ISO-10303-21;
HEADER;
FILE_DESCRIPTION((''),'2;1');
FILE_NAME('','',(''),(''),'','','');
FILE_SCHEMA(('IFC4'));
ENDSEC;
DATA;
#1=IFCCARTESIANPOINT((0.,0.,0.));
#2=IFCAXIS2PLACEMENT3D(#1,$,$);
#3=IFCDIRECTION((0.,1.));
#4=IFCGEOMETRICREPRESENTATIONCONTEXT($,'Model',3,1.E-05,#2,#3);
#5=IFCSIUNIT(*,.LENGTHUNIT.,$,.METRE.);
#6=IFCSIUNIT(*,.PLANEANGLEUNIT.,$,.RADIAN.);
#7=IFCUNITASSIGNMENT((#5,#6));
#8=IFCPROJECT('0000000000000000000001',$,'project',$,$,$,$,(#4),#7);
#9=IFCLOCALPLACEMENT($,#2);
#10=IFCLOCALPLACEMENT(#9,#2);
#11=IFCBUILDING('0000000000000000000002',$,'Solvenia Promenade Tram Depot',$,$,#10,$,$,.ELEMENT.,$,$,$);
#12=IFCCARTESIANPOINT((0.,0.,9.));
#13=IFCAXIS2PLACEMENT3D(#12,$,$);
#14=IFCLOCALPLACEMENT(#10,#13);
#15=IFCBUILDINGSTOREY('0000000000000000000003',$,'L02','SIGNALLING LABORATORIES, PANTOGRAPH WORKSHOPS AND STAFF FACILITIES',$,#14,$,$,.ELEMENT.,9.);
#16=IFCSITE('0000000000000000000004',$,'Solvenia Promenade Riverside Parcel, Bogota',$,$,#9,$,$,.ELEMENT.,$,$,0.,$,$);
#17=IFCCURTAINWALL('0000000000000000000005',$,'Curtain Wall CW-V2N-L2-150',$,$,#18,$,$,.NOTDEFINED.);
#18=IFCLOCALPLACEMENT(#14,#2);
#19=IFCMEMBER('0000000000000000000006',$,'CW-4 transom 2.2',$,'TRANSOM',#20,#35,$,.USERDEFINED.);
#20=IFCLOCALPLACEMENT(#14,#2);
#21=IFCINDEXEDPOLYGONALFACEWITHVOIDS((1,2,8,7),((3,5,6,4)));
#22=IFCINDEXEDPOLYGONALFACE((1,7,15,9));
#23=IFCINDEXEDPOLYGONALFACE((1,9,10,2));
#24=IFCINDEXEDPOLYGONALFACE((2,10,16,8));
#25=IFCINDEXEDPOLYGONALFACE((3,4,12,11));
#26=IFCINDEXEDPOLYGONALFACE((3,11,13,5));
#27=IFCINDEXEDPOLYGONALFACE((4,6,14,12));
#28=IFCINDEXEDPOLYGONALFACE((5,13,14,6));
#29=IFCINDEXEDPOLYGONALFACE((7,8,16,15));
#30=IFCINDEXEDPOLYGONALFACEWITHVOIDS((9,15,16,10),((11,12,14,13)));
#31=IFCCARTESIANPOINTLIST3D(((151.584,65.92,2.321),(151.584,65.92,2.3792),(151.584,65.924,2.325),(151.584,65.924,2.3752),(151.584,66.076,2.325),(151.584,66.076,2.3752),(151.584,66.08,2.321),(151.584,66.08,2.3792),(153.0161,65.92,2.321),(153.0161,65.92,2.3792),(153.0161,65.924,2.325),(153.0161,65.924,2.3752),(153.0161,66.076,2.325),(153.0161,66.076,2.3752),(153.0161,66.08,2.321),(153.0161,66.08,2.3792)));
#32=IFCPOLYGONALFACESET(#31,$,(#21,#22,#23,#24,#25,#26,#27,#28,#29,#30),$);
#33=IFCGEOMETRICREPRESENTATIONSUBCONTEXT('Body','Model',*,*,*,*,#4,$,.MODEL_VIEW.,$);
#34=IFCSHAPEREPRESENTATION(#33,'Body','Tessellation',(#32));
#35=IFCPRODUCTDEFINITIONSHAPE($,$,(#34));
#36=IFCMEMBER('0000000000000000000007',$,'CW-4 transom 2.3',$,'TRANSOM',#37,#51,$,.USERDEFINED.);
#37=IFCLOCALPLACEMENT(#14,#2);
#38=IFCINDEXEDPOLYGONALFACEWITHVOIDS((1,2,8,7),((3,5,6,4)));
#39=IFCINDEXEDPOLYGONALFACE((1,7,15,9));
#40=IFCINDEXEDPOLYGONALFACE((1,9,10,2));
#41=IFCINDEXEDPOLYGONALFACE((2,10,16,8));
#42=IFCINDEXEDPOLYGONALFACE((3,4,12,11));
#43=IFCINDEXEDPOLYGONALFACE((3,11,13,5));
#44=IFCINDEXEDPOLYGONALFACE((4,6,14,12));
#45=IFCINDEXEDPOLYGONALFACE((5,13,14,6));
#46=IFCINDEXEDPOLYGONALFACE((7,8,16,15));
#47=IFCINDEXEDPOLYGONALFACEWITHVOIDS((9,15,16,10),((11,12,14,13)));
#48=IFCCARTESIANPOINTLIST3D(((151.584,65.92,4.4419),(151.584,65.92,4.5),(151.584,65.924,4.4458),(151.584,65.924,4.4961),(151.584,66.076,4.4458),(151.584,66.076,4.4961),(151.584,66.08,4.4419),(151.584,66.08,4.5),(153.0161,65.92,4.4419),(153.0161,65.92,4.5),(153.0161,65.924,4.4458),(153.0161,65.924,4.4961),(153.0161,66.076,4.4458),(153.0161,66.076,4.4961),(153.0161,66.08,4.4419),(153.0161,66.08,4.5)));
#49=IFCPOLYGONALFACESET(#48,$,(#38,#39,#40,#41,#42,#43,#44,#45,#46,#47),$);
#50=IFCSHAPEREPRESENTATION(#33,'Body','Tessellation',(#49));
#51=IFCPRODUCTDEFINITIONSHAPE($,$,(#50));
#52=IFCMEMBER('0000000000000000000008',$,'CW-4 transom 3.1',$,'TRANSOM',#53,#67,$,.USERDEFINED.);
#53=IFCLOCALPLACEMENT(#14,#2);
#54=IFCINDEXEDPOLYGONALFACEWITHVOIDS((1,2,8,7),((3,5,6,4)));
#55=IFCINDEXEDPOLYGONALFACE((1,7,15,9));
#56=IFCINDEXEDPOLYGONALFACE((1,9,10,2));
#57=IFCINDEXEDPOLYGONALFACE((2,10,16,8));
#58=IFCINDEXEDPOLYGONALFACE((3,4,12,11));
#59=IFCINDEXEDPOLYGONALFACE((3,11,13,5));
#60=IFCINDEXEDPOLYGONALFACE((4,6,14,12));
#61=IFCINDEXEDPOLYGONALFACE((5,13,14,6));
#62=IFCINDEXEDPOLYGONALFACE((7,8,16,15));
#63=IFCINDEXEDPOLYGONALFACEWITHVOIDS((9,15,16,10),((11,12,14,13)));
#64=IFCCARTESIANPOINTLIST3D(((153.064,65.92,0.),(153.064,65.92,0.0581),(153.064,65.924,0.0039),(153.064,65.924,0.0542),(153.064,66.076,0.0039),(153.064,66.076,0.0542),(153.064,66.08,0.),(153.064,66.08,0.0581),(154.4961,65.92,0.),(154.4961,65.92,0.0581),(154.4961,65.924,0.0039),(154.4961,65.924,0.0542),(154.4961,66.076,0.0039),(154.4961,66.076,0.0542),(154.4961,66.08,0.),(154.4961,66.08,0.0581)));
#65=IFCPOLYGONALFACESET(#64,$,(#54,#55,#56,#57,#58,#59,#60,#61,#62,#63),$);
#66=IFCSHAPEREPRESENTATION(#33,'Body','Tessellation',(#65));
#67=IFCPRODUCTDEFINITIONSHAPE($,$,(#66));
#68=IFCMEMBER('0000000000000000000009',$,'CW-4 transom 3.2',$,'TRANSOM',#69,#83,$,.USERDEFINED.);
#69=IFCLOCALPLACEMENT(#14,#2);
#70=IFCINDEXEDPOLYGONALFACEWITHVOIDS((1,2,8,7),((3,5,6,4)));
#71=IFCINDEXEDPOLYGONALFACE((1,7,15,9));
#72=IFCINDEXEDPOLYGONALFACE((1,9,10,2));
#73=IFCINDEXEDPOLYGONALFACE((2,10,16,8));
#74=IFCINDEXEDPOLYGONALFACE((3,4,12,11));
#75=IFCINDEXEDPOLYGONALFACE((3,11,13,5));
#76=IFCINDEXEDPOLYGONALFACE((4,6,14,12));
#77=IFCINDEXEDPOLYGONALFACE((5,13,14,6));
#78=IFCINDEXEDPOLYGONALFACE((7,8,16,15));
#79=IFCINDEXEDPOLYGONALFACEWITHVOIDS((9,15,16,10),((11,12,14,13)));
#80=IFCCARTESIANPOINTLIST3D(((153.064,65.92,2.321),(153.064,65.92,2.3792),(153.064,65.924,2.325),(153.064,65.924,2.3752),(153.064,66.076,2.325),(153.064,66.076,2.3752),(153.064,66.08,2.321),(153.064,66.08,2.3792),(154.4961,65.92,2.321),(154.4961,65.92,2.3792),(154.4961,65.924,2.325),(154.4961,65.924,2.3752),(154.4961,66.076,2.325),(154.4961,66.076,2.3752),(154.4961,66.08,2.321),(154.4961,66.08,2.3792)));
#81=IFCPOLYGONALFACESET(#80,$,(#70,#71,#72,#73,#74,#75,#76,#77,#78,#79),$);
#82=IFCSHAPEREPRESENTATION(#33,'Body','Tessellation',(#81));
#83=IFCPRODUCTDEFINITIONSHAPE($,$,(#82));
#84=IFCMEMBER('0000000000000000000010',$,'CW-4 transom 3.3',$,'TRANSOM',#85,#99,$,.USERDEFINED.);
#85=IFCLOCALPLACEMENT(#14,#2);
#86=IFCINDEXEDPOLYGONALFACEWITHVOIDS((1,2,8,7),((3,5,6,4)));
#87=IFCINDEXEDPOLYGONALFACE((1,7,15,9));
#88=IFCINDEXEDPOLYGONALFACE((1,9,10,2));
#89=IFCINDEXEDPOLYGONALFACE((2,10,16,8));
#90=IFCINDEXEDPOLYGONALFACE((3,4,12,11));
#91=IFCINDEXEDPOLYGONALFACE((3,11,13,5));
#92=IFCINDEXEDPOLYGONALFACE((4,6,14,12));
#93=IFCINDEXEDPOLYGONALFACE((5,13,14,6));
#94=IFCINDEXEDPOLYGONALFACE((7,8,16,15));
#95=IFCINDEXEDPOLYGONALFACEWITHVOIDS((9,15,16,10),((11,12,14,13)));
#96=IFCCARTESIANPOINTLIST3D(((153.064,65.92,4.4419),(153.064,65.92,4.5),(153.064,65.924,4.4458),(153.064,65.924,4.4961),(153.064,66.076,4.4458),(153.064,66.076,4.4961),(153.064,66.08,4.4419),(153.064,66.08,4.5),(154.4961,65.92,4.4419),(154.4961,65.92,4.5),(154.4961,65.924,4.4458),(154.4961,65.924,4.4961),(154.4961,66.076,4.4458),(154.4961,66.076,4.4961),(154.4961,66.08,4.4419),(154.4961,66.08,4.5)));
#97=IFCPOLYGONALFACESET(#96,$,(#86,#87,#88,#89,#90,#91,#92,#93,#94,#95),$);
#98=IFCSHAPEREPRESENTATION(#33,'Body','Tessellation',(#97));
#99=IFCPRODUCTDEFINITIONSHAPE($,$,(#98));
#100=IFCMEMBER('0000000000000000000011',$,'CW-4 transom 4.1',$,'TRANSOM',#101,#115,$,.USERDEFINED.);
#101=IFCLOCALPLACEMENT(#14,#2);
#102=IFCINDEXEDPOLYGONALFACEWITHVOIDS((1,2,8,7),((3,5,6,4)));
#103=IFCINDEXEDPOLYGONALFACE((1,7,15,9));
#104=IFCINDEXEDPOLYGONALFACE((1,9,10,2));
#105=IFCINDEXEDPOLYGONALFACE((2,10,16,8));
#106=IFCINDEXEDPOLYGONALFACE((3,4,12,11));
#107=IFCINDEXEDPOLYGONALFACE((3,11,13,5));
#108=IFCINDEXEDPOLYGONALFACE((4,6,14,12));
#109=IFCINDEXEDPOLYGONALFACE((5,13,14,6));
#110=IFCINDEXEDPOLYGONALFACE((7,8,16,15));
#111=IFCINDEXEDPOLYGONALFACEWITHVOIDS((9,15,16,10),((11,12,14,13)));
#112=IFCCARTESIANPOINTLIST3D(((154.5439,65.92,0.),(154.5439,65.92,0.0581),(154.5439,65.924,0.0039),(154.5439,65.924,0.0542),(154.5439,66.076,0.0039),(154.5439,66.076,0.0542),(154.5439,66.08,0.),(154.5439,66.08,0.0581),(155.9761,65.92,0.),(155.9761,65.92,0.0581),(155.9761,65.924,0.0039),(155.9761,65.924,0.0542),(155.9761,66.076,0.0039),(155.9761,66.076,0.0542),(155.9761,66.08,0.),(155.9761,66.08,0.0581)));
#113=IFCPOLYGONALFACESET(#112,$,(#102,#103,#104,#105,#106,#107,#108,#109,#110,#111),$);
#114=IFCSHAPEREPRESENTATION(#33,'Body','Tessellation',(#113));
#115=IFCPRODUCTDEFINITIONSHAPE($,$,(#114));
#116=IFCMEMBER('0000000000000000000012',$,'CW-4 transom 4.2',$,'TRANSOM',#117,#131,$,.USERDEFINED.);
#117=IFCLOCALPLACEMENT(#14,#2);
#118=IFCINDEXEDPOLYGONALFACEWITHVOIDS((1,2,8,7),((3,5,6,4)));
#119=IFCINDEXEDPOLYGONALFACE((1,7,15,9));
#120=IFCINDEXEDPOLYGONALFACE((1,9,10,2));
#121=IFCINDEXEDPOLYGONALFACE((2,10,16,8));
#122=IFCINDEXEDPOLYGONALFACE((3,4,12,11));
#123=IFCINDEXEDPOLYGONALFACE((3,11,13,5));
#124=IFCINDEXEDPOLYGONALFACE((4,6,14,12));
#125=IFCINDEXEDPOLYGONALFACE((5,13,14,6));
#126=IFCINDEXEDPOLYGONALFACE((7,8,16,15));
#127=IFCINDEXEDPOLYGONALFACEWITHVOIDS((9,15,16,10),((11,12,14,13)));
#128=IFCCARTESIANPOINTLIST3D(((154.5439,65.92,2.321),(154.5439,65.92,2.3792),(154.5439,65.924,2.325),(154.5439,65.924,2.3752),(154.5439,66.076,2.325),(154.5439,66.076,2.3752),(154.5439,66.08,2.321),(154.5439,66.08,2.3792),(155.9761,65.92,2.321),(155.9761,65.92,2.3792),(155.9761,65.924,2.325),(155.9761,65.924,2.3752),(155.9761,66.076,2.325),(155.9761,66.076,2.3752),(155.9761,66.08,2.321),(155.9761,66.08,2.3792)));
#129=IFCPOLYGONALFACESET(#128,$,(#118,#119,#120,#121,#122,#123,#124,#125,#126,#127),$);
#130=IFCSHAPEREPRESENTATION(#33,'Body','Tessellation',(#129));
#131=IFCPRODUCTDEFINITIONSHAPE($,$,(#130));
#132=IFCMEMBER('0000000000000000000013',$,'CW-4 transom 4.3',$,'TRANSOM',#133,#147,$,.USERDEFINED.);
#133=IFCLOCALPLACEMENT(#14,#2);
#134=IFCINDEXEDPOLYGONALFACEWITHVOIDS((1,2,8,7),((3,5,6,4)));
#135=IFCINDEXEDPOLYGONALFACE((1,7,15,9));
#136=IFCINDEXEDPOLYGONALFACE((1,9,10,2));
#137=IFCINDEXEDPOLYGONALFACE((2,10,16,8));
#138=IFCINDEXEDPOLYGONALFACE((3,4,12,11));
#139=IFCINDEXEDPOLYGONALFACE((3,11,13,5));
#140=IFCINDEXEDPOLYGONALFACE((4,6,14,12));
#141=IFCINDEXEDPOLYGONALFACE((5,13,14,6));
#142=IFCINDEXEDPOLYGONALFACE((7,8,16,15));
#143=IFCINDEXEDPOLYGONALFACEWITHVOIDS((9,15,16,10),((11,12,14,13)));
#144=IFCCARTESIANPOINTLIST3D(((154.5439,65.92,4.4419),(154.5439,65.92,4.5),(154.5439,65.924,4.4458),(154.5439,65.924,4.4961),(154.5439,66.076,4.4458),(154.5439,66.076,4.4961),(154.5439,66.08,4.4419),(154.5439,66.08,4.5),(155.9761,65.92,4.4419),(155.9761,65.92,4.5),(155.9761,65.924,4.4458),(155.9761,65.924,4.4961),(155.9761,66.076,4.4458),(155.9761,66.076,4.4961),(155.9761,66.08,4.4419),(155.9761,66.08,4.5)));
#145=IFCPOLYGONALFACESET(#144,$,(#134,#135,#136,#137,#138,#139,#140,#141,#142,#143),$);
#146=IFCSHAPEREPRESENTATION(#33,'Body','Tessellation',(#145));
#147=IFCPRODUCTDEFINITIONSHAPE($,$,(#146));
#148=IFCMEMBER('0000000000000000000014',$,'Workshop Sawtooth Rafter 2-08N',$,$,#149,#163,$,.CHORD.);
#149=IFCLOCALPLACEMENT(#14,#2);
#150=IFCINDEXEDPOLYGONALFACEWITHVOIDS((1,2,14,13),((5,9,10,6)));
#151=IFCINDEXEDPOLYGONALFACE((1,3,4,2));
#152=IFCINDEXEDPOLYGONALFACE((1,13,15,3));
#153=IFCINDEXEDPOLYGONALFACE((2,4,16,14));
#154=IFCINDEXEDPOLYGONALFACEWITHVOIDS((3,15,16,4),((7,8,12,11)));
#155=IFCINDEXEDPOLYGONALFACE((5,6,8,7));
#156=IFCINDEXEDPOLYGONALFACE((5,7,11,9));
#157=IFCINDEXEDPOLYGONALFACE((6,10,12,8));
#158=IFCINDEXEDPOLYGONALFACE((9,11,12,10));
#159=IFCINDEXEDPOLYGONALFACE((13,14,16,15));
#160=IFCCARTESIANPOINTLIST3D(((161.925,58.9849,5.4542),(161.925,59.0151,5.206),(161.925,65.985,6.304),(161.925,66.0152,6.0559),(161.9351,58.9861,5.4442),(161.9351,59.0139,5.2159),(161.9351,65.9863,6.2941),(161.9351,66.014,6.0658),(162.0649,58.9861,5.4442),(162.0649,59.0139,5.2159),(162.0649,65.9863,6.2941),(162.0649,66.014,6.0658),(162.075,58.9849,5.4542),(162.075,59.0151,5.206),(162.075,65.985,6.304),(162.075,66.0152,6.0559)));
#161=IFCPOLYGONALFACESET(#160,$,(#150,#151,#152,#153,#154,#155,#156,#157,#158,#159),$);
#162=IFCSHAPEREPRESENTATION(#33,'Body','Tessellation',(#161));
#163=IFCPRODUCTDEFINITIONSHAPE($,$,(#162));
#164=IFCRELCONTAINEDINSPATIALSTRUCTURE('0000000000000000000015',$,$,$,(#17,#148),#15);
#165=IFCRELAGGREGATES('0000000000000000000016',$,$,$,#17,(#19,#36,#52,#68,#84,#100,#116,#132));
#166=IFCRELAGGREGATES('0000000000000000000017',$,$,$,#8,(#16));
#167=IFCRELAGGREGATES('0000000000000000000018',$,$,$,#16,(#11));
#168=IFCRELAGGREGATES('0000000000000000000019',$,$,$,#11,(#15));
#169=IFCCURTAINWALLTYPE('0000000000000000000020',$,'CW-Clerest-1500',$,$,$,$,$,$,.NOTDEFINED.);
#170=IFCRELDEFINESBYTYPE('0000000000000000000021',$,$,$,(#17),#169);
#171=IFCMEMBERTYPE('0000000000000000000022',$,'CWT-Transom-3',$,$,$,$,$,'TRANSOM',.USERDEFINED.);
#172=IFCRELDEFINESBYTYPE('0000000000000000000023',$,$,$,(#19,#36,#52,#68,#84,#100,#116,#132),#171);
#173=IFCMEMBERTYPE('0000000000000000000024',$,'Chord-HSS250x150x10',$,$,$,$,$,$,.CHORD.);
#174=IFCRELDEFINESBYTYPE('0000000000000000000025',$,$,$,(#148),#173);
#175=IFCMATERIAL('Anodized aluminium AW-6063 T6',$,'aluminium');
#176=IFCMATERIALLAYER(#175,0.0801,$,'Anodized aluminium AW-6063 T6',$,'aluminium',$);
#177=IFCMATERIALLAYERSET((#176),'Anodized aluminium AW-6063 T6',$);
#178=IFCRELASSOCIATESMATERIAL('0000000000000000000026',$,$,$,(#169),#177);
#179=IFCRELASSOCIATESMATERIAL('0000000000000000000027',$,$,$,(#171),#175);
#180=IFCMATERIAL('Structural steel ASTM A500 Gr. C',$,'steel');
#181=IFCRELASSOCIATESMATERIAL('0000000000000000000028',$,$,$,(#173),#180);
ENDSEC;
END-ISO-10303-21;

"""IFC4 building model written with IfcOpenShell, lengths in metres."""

from ifc_helpers import new_model, si_unit, direction, frame, origin, origin_2d, place, context, subcontext, project, spatial, hollow_rectangle, extrude, material, layer, layer_set, material_profile, profile_set, type_object, element, aggregate, save


model = new_model("IFC4")

# Units and contexts
model_context = context("Model", 3, precision=1e-05, world=origin(), true_north=direction((0.0, 1.0)))
body_context = subcontext(model_context, "Body", "Model", "MODEL_VIEW")
ifc_project = project(units=[si_unit("LENGTHUNIT", "METRE"), si_unit("PLANEANGLEUNIT", "RADIAN")], contexts=[model_context])

# Site, building, storey
site_placement = place(None, origin())
site = spatial("IfcSite", under=ifc_project, at=site_placement, Name="Solvenia Promenade Riverside Parcel, Bogota", CompositionType="ELEMENT", RefElevation=0.0)
building_placement = place(site_placement, origin())
building = spatial("IfcBuilding", under=site, at=building_placement, Name="Solvenia Promenade Tram Depot", CompositionType="ELEMENT")
storey_placement = place(building_placement, frame((0.0, 0.0, 9.0)))
storey = spatial("IfcBuildingStorey", under=building, at=storey_placement, Name="L02", Description="SIGNALLING LABORATORIES, PANTOGRAPH WORKSHOPS AND STAFF FACILITIES", CompositionType="ELEMENT", Elevation=9.0)

# Curtain wall, members
ifc_material_1 = material(Name="Anodized aluminium AW-6063 T6", Category="aluminium")
ifc_layer_1 = layer(ifc_material_1, 0.0801, Name="Anodized aluminium AW-6063 T6", Category="aluminium")
ifc_layer_set_1 = layer_set([ifc_layer_1], Name="Anodized aluminium AW-6063 T6")
curtain_wall_type = type_object("IfcCurtainWallType", Name="CW-Clerest-1500", PredefinedType="NOTDEFINED", material=ifc_layer_set_1)
curtain_wall_placement = place(storey_placement, origin())
curtain_wall = element("IfcCurtainWall", 1, at=curtain_wall_placement, inside=storey, type_object=curtain_wall_type, Name="Curtain Wall CW-V2N-L2-150", PredefinedType="NOTDEFINED")
ifc_material_profile_1 = material_profile(ifc_material_1, hollow_rectangle(XDim=0.1599, YDim=0.0581, WallThickness=0.0039, at=origin_2d()), Name="ALU-T3", Category="aluminium")
ifc_profile_set_1 = profile_set([ifc_material_profile_1], Name="Anodized aluminium AW-6063 T6")
member_type_1 = type_object("IfcMemberType", Name="CWT-Transom-3", ElementType="TRANSOM", PredefinedType="USERDEFINED", material=ifc_profile_set_1)
member_1_placement = place(storey_placement, frame((151.584, 66.0, 2.3501), z_axis=(1.0, 0.0, 0.0), x_axis=(0.0, 1.0, 0.0)))
member_1 = element("IfcMember", 2, at=member_1_placement, type_object=member_type_1, Name="CW-4 transom 2.2", ObjectType="TRANSOM", PredefinedType="USERDEFINED", context=body_context, shape_type="SweptSolid", body=[
    extrude(hollow_rectangle(XDim=0.1599, YDim=0.0581, WallThickness=0.0039, at=origin_2d()), origin(), (0.0, 0.0, 1.0), 1.4321),
])
member_2_placement = place(storey_placement, frame((151.584, 66.0, 4.4709), z_axis=(1.0, 0.0, 0.0), x_axis=(0.0, 1.0, 0.0)))
member_2 = element("IfcMember", 3, at=member_2_placement, type_object=member_type_1, Name="CW-4 transom 2.3", ObjectType="TRANSOM", PredefinedType="USERDEFINED", context=body_context, shape_type="SweptSolid", body=[
    extrude(hollow_rectangle(XDim=0.1599, YDim=0.0581, WallThickness=0.0039, at=origin_2d()), origin(), (0.0, 0.0, 1.0), 1.4321),
])
member_3_placement = place(storey_placement, frame((153.064, 66.0, 0.0291), z_axis=(1.0, 0.0, 0.0), x_axis=(0.0, 1.0, 0.0)))
member_3 = element("IfcMember", 4, at=member_3_placement, type_object=member_type_1, Name="CW-4 transom 3.1", ObjectType="TRANSOM", PredefinedType="USERDEFINED", context=body_context, shape_type="SweptSolid", body=[
    extrude(hollow_rectangle(XDim=0.1599, YDim=0.0581, WallThickness=0.0039, at=origin_2d()), origin(), (0.0, 0.0, 1.0), 1.4321),
])
member_4_placement = place(storey_placement, frame((153.064, 66.0, 2.3501), z_axis=(1.0, 0.0, 0.0), x_axis=(0.0, 1.0, 0.0)))
member_4 = element("IfcMember", 5, at=member_4_placement, type_object=member_type_1, Name="CW-4 transom 3.2", ObjectType="TRANSOM", PredefinedType="USERDEFINED", context=body_context, shape_type="SweptSolid", body=[
    extrude(hollow_rectangle(XDim=0.1599, YDim=0.0581, WallThickness=0.0039, at=origin_2d()), origin(), (0.0, 0.0, 1.0), 1.4321),
])
member_5_placement = place(storey_placement, frame((153.064, 66.0, 4.4709), z_axis=(1.0, 0.0, 0.0), x_axis=(0.0, 1.0, 0.0)))
member_5 = element("IfcMember", 6, at=member_5_placement, type_object=member_type_1, Name="CW-4 transom 3.3", ObjectType="TRANSOM", PredefinedType="USERDEFINED", context=body_context, shape_type="SweptSolid", body=[
    extrude(hollow_rectangle(XDim=0.1599, YDim=0.0581, WallThickness=0.0039, at=origin_2d()), origin(), (0.0, 0.0, 1.0), 1.4321),
])
member_6_placement = place(storey_placement, frame((154.5439, 66.0, 0.0291), z_axis=(1.0, 0.0, 0.0), x_axis=(0.0, 1.0, 0.0)))
member_6 = element("IfcMember", 7, at=member_6_placement, type_object=member_type_1, Name="CW-4 transom 4.1", ObjectType="TRANSOM", PredefinedType="USERDEFINED", context=body_context, shape_type="SweptSolid", body=[
    extrude(hollow_rectangle(XDim=0.1599, YDim=0.0581, WallThickness=0.0039, at=origin_2d()), origin(), (0.0, 0.0, 1.0), 1.4321),
])
member_7_placement = place(storey_placement, frame((154.5439, 66.0, 2.3501), z_axis=(1.0, 0.0, 0.0), x_axis=(0.0, 1.0, 0.0)))
member_7 = element("IfcMember", 8, at=member_7_placement, type_object=member_type_1, Name="CW-4 transom 4.2", ObjectType="TRANSOM", PredefinedType="USERDEFINED", context=body_context, shape_type="SweptSolid", body=[
    extrude(hollow_rectangle(XDim=0.1599, YDim=0.0581, WallThickness=0.0039, at=origin_2d()), origin(), (0.0, 0.0, 1.0), 1.4321),
])
member_8_placement = place(storey_placement, frame((154.5439, 66.0, 4.4709), z_axis=(1.0, 0.0, 0.0), x_axis=(0.0, 1.0, 0.0)))
member_8 = element("IfcMember", 9, at=member_8_placement, type_object=member_type_1, Name="CW-4 transom 4.3", ObjectType="TRANSOM", PredefinedType="USERDEFINED", context=body_context, shape_type="SweptSolid", body=[
    extrude(hollow_rectangle(XDim=0.1599, YDim=0.0581, WallThickness=0.0039, at=origin_2d()), origin(), (0.0, 0.0, 1.0), 1.4321),
])

# Member
ifc_material_2 = material(Name="Structural steel ASTM A500 Gr. C", Category="steel")
ifc_material_profile_2 = material_profile(ifc_material_2, hollow_rectangle(XDim=0.1499, YDim=0.25, WallThickness=0.01, at=origin_2d()), Name="HSS250x150x10", Category="steel")
ifc_profile_set_2 = profile_set([ifc_material_profile_2], Name="Structural steel ASTM A500 Gr. C")
member_type_2 = type_object("IfcMemberType", Name="Chord-HSS250x150x10", PredefinedType="CHORD", material=ifc_profile_set_2)
member_9_placement = place(storey_placement, frame((162.0, 59.0, 5.3301), z_axis=(0.0, 0.992711, 0.120523), x_axis=(-1.0, 0.0, 0.0)))
element("IfcMember", 10, at=member_9_placement, inside=storey, type_object=member_type_2, Name="Workshop Sawtooth Rafter 2-08N", PredefinedType="CHORD", context=body_context, shape_type="SweptSolid", body=[
    extrude(hollow_rectangle(XDim=0.1499, YDim=0.25, WallThickness=0.01, at=origin_2d()), origin(), (0.0, 0.0, 1.0), 7.0515),
])

aggregate(curtain_wall, [member_1, member_2, member_3, member_4, member_5, member_6, member_7, member_8])

save(model, "model.ifc")
